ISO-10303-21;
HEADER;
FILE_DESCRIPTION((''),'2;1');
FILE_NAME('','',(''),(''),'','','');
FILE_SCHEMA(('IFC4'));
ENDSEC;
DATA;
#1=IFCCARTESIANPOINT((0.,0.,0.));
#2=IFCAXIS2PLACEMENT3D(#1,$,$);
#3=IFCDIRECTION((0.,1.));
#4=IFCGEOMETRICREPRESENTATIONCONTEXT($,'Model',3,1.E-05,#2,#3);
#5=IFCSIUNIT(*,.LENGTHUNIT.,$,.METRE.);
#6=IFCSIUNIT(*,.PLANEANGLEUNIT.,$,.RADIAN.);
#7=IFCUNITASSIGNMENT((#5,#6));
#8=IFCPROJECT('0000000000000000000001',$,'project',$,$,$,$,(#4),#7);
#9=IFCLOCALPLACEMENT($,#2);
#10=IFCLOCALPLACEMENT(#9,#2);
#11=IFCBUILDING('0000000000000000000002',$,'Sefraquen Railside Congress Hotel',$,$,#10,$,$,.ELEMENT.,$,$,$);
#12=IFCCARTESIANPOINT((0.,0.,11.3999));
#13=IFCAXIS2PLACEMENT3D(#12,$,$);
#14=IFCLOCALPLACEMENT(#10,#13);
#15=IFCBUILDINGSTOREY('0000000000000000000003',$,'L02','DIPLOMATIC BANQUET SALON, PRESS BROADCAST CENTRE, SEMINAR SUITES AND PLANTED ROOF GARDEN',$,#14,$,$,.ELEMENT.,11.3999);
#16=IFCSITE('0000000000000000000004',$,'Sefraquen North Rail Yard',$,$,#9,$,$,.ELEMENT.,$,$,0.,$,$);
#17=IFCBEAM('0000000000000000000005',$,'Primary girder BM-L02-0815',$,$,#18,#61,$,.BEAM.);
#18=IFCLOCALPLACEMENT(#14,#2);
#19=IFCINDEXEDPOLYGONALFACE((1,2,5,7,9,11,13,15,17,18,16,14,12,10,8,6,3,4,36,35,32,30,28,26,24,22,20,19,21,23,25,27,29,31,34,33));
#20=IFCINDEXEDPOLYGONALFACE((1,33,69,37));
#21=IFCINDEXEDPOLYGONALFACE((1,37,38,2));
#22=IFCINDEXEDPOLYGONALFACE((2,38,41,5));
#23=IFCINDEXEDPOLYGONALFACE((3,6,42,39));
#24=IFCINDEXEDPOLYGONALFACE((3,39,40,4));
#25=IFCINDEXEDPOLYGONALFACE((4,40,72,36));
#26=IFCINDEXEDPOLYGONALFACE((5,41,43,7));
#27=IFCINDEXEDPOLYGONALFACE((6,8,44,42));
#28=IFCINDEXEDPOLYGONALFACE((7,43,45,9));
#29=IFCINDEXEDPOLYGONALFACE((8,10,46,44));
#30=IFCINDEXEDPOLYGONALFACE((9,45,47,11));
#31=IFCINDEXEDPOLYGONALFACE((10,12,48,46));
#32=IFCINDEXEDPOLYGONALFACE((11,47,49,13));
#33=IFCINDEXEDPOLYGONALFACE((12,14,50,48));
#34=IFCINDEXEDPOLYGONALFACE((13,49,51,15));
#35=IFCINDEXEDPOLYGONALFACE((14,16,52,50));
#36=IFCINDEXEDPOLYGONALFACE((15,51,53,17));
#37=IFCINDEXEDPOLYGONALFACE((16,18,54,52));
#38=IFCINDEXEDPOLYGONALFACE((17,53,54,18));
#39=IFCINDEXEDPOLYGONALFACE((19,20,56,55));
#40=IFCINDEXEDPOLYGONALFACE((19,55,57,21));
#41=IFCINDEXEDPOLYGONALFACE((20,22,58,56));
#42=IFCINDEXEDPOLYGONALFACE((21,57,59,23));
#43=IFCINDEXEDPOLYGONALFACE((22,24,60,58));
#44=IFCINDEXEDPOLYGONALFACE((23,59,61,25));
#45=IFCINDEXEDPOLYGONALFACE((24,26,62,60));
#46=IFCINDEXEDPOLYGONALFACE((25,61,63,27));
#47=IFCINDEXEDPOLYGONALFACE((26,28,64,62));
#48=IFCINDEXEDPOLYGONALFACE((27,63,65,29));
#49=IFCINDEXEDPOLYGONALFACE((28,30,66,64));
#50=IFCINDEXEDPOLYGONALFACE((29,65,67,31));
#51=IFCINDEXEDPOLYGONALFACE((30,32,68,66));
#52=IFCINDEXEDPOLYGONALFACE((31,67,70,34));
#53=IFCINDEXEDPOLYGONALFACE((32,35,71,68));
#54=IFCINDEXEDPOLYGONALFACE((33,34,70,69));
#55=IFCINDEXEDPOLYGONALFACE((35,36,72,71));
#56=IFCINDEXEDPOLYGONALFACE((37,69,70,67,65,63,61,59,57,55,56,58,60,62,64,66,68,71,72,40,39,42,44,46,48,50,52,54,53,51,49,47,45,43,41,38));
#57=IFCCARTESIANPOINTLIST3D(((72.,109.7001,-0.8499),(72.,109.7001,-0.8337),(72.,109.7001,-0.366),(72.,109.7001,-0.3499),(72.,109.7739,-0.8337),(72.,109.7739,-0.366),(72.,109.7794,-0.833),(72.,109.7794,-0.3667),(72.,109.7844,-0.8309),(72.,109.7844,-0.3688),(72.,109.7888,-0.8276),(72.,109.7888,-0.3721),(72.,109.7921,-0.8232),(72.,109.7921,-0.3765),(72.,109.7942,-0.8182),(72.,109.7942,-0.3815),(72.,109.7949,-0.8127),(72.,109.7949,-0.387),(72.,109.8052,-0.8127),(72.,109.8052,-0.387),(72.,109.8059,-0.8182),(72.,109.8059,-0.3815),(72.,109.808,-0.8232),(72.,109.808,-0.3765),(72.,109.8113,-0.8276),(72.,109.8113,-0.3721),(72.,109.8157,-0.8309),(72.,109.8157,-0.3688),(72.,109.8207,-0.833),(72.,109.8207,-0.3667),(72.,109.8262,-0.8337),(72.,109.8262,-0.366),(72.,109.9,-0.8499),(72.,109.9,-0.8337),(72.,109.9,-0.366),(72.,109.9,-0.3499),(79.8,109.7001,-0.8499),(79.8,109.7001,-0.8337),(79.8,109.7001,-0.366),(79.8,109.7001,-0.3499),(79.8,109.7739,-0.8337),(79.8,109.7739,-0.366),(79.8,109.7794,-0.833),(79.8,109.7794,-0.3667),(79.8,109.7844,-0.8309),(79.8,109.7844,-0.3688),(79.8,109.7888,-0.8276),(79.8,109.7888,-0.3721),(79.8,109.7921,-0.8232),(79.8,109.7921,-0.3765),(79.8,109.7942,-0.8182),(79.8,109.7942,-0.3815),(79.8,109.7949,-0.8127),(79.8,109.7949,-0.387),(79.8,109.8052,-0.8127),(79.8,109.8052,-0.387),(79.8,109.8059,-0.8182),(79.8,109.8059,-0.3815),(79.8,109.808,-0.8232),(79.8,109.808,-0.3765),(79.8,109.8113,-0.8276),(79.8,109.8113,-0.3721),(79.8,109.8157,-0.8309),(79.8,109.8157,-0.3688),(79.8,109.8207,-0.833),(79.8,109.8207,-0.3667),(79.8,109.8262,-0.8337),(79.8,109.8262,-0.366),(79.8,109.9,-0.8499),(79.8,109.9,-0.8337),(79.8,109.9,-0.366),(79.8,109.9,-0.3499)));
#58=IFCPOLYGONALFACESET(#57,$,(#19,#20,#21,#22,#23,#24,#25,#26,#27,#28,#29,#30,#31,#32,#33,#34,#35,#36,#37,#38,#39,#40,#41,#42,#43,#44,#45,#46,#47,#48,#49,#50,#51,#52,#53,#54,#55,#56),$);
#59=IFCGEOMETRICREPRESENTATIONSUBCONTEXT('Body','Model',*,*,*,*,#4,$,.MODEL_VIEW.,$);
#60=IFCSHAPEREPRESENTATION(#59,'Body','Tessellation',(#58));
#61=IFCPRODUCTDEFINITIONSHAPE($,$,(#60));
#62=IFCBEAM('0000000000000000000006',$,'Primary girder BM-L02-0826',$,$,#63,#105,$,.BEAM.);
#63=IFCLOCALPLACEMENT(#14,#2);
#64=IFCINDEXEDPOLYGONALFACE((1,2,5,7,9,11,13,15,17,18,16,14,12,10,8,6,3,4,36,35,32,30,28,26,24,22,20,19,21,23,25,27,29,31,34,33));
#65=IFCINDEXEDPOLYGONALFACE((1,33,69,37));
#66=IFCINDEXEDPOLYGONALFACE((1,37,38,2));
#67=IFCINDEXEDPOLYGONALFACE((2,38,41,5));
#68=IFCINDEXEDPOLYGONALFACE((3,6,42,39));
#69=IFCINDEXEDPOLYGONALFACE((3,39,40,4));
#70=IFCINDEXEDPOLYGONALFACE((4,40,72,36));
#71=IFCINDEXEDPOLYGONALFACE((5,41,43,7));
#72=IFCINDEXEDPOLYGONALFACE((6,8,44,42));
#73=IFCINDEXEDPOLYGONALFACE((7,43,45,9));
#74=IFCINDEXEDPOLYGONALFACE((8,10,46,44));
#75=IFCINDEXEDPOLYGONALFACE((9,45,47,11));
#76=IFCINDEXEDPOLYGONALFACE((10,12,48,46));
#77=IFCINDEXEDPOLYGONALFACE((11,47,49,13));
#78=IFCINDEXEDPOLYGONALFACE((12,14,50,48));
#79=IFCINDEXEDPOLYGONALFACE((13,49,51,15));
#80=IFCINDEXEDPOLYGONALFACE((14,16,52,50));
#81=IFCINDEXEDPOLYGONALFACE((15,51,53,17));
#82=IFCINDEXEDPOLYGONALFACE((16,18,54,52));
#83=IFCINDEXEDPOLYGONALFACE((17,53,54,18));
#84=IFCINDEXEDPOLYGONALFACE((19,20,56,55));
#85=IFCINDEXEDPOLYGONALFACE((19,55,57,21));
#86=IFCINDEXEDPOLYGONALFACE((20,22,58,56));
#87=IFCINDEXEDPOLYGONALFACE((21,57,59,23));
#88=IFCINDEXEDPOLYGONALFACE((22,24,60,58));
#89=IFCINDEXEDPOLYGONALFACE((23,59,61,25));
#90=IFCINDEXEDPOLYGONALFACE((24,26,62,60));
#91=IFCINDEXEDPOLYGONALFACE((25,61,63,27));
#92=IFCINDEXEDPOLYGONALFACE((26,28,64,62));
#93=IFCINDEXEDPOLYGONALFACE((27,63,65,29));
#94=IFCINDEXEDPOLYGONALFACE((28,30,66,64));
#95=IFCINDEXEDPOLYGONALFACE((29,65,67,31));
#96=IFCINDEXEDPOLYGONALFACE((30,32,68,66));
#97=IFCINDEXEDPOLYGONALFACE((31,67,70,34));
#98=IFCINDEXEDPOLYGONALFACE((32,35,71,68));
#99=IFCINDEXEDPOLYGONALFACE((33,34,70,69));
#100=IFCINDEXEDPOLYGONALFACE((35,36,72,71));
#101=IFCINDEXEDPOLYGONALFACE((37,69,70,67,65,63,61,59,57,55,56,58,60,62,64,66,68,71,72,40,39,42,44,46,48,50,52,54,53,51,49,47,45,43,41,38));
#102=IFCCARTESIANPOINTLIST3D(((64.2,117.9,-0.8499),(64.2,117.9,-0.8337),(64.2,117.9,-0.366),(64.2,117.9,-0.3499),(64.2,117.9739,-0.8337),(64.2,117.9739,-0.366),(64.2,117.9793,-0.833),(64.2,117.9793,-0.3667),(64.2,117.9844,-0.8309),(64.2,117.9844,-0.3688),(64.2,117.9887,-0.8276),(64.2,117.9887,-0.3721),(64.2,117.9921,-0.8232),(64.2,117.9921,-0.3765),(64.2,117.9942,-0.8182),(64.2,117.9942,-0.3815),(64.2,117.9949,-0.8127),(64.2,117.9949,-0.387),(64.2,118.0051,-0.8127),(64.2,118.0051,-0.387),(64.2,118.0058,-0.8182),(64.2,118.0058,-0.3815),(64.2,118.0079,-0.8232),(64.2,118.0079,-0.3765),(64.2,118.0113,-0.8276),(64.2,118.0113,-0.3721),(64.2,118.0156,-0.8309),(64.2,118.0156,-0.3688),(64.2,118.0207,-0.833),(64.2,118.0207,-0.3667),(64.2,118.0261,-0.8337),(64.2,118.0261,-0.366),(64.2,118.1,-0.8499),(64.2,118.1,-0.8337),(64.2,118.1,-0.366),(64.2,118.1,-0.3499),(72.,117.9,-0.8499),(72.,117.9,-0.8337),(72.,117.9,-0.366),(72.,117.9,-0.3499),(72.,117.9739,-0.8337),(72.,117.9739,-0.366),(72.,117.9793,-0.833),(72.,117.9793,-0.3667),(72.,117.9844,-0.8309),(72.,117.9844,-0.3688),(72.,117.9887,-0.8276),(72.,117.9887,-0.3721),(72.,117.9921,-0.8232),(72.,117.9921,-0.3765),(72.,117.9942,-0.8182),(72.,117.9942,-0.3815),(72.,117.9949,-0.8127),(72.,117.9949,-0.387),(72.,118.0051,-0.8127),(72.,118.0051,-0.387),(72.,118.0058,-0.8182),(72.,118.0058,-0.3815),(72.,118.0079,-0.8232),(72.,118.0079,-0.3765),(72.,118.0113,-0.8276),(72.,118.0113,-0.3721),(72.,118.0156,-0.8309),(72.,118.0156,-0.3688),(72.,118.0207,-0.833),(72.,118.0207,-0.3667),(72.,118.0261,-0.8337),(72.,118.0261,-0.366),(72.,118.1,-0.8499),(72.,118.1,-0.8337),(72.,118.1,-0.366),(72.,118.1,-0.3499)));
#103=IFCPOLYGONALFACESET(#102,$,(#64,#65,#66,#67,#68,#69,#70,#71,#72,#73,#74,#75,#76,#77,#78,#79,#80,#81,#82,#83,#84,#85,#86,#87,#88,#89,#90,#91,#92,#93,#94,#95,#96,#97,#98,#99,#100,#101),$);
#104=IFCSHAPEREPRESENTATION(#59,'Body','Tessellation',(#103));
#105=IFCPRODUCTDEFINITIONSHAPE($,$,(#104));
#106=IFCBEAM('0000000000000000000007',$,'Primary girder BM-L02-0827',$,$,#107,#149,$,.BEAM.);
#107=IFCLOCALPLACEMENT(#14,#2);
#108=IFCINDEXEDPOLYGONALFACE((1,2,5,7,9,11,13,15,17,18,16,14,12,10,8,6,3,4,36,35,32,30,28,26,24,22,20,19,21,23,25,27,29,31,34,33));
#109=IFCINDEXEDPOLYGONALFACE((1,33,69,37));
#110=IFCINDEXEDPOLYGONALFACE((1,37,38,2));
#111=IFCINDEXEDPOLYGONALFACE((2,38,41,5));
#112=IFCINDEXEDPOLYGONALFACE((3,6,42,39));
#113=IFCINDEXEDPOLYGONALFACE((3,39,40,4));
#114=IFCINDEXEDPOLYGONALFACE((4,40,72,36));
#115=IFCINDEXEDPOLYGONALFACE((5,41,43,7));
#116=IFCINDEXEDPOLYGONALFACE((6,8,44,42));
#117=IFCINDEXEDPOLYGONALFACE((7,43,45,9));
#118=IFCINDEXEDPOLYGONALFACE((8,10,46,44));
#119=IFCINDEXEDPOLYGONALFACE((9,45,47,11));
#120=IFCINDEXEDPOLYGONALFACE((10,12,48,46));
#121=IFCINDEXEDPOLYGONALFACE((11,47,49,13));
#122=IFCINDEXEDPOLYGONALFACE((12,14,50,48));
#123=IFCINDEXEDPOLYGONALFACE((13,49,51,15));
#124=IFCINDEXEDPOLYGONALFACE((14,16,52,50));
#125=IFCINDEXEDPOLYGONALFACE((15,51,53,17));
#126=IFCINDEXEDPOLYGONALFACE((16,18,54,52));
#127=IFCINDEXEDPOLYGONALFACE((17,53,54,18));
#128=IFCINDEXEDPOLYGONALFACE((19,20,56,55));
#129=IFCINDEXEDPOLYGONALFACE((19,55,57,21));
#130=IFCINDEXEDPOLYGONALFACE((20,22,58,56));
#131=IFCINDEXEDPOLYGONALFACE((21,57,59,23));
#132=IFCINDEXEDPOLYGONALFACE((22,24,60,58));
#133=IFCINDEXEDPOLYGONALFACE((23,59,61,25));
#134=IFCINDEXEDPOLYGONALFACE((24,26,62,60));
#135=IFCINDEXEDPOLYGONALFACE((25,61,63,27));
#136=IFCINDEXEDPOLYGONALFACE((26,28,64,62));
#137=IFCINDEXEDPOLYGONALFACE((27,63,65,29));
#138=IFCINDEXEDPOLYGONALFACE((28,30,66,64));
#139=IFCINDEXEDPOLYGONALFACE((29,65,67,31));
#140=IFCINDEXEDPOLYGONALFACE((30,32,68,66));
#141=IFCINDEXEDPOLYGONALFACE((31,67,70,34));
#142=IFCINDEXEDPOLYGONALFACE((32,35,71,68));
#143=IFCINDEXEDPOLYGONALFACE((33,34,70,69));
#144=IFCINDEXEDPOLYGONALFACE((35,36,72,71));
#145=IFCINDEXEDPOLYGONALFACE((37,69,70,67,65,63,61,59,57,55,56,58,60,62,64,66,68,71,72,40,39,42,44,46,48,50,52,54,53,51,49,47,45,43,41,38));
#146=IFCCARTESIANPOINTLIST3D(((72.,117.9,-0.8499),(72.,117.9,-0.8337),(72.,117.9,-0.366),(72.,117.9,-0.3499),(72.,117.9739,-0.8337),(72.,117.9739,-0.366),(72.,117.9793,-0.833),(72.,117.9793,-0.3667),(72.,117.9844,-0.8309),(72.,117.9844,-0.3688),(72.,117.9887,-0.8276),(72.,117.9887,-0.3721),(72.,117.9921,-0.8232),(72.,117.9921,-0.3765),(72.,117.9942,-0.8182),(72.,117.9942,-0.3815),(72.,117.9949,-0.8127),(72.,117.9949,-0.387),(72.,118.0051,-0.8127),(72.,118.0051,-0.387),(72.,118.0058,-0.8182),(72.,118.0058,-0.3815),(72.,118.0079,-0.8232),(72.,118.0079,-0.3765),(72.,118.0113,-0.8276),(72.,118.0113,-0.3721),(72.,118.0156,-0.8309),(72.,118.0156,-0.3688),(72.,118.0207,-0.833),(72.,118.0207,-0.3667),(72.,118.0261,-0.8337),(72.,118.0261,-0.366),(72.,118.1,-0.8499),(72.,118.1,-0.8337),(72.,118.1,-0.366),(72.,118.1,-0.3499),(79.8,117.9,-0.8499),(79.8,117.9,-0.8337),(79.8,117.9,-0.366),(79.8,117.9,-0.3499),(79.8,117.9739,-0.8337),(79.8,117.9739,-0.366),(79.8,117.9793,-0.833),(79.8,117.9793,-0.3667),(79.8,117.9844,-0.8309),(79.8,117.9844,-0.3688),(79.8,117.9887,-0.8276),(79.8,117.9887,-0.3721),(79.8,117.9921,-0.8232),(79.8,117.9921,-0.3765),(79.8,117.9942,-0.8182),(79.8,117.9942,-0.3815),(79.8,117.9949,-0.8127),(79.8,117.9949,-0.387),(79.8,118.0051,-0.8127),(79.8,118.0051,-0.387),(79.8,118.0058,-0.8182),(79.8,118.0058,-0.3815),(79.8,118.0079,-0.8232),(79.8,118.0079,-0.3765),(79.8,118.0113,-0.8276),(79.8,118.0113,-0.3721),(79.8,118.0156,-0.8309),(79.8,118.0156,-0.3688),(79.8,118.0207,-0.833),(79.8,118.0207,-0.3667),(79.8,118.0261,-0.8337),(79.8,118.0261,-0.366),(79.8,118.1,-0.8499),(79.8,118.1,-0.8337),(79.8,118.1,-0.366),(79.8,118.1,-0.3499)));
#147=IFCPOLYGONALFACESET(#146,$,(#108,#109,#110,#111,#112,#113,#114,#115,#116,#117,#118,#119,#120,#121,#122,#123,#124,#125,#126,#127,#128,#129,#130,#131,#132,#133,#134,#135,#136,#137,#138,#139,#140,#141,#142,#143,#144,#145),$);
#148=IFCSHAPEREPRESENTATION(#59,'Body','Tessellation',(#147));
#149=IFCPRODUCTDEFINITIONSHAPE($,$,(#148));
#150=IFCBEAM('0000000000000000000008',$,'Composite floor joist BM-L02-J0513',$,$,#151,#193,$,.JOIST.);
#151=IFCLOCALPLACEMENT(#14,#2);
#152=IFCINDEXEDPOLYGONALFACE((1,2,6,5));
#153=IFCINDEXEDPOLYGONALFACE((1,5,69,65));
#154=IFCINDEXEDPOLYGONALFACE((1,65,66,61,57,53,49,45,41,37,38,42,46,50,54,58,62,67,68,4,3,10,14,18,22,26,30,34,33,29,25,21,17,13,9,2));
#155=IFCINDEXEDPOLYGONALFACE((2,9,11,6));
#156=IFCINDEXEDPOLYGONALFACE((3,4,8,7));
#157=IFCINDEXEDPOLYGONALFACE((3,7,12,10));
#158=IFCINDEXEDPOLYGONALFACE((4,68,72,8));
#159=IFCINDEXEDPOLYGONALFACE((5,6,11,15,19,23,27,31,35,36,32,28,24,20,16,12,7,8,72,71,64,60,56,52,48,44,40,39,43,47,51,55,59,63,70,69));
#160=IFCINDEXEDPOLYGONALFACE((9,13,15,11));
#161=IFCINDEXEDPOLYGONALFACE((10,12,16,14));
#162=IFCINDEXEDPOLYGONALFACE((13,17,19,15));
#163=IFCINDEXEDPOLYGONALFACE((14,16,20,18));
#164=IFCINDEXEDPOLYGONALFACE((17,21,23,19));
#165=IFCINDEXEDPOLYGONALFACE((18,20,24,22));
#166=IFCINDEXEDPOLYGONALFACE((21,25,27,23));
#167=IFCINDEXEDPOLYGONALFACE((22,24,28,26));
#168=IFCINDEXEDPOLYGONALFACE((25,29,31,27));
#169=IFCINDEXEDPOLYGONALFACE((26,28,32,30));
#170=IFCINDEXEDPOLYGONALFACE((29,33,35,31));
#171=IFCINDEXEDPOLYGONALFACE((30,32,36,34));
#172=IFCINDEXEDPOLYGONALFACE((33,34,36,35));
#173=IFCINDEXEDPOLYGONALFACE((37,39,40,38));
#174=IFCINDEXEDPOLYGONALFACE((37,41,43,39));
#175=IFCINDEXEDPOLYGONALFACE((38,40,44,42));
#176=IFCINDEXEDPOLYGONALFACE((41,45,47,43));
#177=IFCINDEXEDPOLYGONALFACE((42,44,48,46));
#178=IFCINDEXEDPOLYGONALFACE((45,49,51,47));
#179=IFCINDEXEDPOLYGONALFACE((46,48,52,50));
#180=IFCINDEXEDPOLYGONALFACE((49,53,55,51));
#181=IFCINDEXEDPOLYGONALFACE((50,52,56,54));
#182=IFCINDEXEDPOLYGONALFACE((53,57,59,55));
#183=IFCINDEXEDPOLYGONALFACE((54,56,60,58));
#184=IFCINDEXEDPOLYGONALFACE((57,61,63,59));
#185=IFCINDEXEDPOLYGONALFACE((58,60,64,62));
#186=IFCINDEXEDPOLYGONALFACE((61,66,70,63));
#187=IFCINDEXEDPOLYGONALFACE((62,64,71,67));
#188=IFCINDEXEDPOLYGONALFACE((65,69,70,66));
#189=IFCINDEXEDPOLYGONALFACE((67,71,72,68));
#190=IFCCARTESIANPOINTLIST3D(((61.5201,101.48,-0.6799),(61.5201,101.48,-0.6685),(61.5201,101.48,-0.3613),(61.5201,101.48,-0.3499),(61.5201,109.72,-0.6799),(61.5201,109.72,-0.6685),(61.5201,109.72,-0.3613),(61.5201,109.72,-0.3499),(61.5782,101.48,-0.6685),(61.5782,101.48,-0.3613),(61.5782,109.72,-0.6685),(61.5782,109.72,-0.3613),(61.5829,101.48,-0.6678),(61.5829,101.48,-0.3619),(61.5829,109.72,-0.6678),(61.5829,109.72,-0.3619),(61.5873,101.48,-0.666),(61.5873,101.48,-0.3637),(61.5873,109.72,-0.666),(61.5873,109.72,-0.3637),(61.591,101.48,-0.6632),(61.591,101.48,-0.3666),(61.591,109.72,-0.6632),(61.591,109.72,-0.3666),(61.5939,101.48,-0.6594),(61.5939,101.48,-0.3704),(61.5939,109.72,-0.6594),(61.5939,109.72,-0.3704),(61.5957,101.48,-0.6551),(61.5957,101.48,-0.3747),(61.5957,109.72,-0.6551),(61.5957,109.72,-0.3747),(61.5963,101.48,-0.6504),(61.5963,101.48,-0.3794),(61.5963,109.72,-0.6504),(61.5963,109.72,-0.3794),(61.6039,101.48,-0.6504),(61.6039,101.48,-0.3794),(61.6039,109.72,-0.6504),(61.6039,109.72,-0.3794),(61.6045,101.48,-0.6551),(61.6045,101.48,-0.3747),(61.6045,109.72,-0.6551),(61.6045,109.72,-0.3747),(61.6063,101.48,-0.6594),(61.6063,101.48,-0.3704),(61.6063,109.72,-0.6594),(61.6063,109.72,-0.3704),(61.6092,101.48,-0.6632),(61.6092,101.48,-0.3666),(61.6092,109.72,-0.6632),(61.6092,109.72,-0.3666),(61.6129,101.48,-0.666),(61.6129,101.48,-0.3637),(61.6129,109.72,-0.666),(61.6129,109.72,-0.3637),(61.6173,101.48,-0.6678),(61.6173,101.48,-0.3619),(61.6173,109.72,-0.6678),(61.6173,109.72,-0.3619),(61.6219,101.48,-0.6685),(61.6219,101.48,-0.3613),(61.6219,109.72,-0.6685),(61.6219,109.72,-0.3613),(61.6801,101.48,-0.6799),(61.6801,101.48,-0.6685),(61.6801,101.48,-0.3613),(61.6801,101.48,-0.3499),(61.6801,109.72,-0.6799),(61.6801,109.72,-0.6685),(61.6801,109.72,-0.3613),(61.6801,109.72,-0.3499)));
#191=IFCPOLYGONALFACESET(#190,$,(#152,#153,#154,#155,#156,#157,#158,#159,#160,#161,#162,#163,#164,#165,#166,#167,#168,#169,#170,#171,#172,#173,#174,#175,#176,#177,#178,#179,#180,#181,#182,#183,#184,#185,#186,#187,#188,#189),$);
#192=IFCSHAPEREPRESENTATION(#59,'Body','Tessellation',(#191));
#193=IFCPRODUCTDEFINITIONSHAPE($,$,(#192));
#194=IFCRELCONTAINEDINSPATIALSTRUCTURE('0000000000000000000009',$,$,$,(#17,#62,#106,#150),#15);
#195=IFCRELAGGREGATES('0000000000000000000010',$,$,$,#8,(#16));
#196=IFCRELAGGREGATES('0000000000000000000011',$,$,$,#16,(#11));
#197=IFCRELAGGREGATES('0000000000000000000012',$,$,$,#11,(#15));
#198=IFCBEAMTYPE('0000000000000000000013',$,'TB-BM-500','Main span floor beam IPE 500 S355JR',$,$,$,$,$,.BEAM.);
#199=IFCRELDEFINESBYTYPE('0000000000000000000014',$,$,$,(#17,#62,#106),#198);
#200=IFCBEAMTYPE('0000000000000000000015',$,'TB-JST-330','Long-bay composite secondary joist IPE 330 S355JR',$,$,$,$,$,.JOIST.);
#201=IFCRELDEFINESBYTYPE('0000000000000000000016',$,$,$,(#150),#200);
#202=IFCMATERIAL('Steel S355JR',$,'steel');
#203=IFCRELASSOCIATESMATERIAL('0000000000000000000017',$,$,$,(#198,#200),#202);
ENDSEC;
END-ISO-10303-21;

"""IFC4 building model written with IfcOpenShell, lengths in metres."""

from ifc_helpers import new_model, si_unit, direction, frame, origin, origin_2d, place, context, subcontext, project, spatial, i_section, extrude, material, material_profile, profile_set, type_object, element, save


model = new_model("IFC4")

# Units and contexts
model_context = context("Model", 3, precision=1e-05, world=origin(), true_north=direction((0.0, 1.0)))
body_context = subcontext(model_context, "Body", "Model", "MODEL_VIEW")
ifc_project = project(units=[si_unit("LENGTHUNIT", "METRE"), si_unit("PLANEANGLEUNIT", "RADIAN")], contexts=[model_context])

# Site, building, storey
site_placement = place(None, origin())
site = spatial("IfcSite", under=ifc_project, at=site_placement, Name="Sefraquen North Rail Yard", CompositionType="ELEMENT", RefElevation=0.0)
building_placement = place(site_placement, origin())
building = spatial("IfcBuilding", under=site, at=building_placement, Name="Sefraquen Railside Congress Hotel", CompositionType="ELEMENT")
storey_placement = place(building_placement, frame((0.0, 0.0, 11.3999)))
storey = spatial("IfcBuildingStorey", under=building, at=storey_placement, Name="L02", Description="DIPLOMATIC BANQUET SALON, PRESS BROADCAST CENTRE, SEMINAR SUITES AND PLANTED ROOF GARDEN", CompositionType="ELEMENT", Elevation=11.3999)

# Shared definitions
ifc_material_1 = material(Name="Steel S355JR", Category="steel")

# Beams
ifc_material_profile_1 = material_profile(ifc_material_1, i_section(OverallWidth=0.2, OverallDepth=0.5, WebThickness=0.0103, FlangeThickness=0.0161, FilletRadius=0.021, at=origin_2d()), Name="IPE 500")
ifc_profile_set_1 = profile_set([ifc_material_profile_1], Name="Steel S355JR")
beam_type_1 = type_object("IfcBeamType", Name="TB-BM-500", Description="Main span floor beam IPE 500 S355JR", PredefinedType="BEAM", material=ifc_profile_set_1)
for number, where, z_axis, x_axis, name in (
    (1, (72.0, 109.8, -0.5999), (1.0, 0.0, 0.0), (0.0, 1.0, 0.0), "Primary girder BM-L02-0815"),
    (2, (64.2, 118.0, -0.5999), (1.0, 0.0, 0.0), (0.0, 1.0, 0.0), "Primary girder BM-L02-0826"),
    (3, (72.0, 118.0, -0.5999), (1.0, 0.0, 0.0), (0.0, 1.0, 0.0), "Primary girder BM-L02-0827"),
):
    element("IfcBeam", number, at=place(storey_placement, frame(where, z_axis=z_axis, x_axis=x_axis)), inside=storey, type_object=beam_type_1, Name=name, PredefinedType="BEAM", context=body_context, shape_type="SweptSolid", body=[
        extrude(i_section(OverallWidth=0.2, OverallDepth=0.5, WebThickness=0.0103, FlangeThickness=0.0161, FilletRadius=0.021, at=origin_2d()), origin(), (0.0, 0.0, 1.0), 7.8),
    ])
ifc_material_profile_2 = material_profile(ifc_material_1, i_section(OverallWidth=0.1599, OverallDepth=0.3301, WebThickness=0.0076, FlangeThickness=0.0115, FilletRadius=0.0181, at=origin_2d()), Name="IPE 330")
ifc_profile_set_2 = profile_set([ifc_material_profile_2], Name="Steel S355JR")
beam_type_2 = type_object("IfcBeamType", Name="TB-JST-330", Description="Long-bay composite secondary joist IPE 330 S355JR", PredefinedType="JOIST", material=ifc_profile_set_2)
beam_1_placement = place(storey_placement, frame((61.6001, 101.48, -0.5149), z_axis=(0.0, 1.0, 0.0), x_axis=(-1.0, 0.0, 0.0)))
element("IfcBeam", 4, at=beam_1_placement, inside=storey, type_object=beam_type_2, Name="Composite floor joist BM-L02-J0513", PredefinedType="JOIST", context=body_context, shape_type="SweptSolid", body=[
    extrude(i_section(OverallWidth=0.1599, OverallDepth=0.3301, WebThickness=0.0076, FlangeThickness=0.0115, FilletRadius=0.0181, at=origin_2d()), origin(), (0.0, 0.0, 1.0), 8.24),
])

save(model, "model.ifc")
